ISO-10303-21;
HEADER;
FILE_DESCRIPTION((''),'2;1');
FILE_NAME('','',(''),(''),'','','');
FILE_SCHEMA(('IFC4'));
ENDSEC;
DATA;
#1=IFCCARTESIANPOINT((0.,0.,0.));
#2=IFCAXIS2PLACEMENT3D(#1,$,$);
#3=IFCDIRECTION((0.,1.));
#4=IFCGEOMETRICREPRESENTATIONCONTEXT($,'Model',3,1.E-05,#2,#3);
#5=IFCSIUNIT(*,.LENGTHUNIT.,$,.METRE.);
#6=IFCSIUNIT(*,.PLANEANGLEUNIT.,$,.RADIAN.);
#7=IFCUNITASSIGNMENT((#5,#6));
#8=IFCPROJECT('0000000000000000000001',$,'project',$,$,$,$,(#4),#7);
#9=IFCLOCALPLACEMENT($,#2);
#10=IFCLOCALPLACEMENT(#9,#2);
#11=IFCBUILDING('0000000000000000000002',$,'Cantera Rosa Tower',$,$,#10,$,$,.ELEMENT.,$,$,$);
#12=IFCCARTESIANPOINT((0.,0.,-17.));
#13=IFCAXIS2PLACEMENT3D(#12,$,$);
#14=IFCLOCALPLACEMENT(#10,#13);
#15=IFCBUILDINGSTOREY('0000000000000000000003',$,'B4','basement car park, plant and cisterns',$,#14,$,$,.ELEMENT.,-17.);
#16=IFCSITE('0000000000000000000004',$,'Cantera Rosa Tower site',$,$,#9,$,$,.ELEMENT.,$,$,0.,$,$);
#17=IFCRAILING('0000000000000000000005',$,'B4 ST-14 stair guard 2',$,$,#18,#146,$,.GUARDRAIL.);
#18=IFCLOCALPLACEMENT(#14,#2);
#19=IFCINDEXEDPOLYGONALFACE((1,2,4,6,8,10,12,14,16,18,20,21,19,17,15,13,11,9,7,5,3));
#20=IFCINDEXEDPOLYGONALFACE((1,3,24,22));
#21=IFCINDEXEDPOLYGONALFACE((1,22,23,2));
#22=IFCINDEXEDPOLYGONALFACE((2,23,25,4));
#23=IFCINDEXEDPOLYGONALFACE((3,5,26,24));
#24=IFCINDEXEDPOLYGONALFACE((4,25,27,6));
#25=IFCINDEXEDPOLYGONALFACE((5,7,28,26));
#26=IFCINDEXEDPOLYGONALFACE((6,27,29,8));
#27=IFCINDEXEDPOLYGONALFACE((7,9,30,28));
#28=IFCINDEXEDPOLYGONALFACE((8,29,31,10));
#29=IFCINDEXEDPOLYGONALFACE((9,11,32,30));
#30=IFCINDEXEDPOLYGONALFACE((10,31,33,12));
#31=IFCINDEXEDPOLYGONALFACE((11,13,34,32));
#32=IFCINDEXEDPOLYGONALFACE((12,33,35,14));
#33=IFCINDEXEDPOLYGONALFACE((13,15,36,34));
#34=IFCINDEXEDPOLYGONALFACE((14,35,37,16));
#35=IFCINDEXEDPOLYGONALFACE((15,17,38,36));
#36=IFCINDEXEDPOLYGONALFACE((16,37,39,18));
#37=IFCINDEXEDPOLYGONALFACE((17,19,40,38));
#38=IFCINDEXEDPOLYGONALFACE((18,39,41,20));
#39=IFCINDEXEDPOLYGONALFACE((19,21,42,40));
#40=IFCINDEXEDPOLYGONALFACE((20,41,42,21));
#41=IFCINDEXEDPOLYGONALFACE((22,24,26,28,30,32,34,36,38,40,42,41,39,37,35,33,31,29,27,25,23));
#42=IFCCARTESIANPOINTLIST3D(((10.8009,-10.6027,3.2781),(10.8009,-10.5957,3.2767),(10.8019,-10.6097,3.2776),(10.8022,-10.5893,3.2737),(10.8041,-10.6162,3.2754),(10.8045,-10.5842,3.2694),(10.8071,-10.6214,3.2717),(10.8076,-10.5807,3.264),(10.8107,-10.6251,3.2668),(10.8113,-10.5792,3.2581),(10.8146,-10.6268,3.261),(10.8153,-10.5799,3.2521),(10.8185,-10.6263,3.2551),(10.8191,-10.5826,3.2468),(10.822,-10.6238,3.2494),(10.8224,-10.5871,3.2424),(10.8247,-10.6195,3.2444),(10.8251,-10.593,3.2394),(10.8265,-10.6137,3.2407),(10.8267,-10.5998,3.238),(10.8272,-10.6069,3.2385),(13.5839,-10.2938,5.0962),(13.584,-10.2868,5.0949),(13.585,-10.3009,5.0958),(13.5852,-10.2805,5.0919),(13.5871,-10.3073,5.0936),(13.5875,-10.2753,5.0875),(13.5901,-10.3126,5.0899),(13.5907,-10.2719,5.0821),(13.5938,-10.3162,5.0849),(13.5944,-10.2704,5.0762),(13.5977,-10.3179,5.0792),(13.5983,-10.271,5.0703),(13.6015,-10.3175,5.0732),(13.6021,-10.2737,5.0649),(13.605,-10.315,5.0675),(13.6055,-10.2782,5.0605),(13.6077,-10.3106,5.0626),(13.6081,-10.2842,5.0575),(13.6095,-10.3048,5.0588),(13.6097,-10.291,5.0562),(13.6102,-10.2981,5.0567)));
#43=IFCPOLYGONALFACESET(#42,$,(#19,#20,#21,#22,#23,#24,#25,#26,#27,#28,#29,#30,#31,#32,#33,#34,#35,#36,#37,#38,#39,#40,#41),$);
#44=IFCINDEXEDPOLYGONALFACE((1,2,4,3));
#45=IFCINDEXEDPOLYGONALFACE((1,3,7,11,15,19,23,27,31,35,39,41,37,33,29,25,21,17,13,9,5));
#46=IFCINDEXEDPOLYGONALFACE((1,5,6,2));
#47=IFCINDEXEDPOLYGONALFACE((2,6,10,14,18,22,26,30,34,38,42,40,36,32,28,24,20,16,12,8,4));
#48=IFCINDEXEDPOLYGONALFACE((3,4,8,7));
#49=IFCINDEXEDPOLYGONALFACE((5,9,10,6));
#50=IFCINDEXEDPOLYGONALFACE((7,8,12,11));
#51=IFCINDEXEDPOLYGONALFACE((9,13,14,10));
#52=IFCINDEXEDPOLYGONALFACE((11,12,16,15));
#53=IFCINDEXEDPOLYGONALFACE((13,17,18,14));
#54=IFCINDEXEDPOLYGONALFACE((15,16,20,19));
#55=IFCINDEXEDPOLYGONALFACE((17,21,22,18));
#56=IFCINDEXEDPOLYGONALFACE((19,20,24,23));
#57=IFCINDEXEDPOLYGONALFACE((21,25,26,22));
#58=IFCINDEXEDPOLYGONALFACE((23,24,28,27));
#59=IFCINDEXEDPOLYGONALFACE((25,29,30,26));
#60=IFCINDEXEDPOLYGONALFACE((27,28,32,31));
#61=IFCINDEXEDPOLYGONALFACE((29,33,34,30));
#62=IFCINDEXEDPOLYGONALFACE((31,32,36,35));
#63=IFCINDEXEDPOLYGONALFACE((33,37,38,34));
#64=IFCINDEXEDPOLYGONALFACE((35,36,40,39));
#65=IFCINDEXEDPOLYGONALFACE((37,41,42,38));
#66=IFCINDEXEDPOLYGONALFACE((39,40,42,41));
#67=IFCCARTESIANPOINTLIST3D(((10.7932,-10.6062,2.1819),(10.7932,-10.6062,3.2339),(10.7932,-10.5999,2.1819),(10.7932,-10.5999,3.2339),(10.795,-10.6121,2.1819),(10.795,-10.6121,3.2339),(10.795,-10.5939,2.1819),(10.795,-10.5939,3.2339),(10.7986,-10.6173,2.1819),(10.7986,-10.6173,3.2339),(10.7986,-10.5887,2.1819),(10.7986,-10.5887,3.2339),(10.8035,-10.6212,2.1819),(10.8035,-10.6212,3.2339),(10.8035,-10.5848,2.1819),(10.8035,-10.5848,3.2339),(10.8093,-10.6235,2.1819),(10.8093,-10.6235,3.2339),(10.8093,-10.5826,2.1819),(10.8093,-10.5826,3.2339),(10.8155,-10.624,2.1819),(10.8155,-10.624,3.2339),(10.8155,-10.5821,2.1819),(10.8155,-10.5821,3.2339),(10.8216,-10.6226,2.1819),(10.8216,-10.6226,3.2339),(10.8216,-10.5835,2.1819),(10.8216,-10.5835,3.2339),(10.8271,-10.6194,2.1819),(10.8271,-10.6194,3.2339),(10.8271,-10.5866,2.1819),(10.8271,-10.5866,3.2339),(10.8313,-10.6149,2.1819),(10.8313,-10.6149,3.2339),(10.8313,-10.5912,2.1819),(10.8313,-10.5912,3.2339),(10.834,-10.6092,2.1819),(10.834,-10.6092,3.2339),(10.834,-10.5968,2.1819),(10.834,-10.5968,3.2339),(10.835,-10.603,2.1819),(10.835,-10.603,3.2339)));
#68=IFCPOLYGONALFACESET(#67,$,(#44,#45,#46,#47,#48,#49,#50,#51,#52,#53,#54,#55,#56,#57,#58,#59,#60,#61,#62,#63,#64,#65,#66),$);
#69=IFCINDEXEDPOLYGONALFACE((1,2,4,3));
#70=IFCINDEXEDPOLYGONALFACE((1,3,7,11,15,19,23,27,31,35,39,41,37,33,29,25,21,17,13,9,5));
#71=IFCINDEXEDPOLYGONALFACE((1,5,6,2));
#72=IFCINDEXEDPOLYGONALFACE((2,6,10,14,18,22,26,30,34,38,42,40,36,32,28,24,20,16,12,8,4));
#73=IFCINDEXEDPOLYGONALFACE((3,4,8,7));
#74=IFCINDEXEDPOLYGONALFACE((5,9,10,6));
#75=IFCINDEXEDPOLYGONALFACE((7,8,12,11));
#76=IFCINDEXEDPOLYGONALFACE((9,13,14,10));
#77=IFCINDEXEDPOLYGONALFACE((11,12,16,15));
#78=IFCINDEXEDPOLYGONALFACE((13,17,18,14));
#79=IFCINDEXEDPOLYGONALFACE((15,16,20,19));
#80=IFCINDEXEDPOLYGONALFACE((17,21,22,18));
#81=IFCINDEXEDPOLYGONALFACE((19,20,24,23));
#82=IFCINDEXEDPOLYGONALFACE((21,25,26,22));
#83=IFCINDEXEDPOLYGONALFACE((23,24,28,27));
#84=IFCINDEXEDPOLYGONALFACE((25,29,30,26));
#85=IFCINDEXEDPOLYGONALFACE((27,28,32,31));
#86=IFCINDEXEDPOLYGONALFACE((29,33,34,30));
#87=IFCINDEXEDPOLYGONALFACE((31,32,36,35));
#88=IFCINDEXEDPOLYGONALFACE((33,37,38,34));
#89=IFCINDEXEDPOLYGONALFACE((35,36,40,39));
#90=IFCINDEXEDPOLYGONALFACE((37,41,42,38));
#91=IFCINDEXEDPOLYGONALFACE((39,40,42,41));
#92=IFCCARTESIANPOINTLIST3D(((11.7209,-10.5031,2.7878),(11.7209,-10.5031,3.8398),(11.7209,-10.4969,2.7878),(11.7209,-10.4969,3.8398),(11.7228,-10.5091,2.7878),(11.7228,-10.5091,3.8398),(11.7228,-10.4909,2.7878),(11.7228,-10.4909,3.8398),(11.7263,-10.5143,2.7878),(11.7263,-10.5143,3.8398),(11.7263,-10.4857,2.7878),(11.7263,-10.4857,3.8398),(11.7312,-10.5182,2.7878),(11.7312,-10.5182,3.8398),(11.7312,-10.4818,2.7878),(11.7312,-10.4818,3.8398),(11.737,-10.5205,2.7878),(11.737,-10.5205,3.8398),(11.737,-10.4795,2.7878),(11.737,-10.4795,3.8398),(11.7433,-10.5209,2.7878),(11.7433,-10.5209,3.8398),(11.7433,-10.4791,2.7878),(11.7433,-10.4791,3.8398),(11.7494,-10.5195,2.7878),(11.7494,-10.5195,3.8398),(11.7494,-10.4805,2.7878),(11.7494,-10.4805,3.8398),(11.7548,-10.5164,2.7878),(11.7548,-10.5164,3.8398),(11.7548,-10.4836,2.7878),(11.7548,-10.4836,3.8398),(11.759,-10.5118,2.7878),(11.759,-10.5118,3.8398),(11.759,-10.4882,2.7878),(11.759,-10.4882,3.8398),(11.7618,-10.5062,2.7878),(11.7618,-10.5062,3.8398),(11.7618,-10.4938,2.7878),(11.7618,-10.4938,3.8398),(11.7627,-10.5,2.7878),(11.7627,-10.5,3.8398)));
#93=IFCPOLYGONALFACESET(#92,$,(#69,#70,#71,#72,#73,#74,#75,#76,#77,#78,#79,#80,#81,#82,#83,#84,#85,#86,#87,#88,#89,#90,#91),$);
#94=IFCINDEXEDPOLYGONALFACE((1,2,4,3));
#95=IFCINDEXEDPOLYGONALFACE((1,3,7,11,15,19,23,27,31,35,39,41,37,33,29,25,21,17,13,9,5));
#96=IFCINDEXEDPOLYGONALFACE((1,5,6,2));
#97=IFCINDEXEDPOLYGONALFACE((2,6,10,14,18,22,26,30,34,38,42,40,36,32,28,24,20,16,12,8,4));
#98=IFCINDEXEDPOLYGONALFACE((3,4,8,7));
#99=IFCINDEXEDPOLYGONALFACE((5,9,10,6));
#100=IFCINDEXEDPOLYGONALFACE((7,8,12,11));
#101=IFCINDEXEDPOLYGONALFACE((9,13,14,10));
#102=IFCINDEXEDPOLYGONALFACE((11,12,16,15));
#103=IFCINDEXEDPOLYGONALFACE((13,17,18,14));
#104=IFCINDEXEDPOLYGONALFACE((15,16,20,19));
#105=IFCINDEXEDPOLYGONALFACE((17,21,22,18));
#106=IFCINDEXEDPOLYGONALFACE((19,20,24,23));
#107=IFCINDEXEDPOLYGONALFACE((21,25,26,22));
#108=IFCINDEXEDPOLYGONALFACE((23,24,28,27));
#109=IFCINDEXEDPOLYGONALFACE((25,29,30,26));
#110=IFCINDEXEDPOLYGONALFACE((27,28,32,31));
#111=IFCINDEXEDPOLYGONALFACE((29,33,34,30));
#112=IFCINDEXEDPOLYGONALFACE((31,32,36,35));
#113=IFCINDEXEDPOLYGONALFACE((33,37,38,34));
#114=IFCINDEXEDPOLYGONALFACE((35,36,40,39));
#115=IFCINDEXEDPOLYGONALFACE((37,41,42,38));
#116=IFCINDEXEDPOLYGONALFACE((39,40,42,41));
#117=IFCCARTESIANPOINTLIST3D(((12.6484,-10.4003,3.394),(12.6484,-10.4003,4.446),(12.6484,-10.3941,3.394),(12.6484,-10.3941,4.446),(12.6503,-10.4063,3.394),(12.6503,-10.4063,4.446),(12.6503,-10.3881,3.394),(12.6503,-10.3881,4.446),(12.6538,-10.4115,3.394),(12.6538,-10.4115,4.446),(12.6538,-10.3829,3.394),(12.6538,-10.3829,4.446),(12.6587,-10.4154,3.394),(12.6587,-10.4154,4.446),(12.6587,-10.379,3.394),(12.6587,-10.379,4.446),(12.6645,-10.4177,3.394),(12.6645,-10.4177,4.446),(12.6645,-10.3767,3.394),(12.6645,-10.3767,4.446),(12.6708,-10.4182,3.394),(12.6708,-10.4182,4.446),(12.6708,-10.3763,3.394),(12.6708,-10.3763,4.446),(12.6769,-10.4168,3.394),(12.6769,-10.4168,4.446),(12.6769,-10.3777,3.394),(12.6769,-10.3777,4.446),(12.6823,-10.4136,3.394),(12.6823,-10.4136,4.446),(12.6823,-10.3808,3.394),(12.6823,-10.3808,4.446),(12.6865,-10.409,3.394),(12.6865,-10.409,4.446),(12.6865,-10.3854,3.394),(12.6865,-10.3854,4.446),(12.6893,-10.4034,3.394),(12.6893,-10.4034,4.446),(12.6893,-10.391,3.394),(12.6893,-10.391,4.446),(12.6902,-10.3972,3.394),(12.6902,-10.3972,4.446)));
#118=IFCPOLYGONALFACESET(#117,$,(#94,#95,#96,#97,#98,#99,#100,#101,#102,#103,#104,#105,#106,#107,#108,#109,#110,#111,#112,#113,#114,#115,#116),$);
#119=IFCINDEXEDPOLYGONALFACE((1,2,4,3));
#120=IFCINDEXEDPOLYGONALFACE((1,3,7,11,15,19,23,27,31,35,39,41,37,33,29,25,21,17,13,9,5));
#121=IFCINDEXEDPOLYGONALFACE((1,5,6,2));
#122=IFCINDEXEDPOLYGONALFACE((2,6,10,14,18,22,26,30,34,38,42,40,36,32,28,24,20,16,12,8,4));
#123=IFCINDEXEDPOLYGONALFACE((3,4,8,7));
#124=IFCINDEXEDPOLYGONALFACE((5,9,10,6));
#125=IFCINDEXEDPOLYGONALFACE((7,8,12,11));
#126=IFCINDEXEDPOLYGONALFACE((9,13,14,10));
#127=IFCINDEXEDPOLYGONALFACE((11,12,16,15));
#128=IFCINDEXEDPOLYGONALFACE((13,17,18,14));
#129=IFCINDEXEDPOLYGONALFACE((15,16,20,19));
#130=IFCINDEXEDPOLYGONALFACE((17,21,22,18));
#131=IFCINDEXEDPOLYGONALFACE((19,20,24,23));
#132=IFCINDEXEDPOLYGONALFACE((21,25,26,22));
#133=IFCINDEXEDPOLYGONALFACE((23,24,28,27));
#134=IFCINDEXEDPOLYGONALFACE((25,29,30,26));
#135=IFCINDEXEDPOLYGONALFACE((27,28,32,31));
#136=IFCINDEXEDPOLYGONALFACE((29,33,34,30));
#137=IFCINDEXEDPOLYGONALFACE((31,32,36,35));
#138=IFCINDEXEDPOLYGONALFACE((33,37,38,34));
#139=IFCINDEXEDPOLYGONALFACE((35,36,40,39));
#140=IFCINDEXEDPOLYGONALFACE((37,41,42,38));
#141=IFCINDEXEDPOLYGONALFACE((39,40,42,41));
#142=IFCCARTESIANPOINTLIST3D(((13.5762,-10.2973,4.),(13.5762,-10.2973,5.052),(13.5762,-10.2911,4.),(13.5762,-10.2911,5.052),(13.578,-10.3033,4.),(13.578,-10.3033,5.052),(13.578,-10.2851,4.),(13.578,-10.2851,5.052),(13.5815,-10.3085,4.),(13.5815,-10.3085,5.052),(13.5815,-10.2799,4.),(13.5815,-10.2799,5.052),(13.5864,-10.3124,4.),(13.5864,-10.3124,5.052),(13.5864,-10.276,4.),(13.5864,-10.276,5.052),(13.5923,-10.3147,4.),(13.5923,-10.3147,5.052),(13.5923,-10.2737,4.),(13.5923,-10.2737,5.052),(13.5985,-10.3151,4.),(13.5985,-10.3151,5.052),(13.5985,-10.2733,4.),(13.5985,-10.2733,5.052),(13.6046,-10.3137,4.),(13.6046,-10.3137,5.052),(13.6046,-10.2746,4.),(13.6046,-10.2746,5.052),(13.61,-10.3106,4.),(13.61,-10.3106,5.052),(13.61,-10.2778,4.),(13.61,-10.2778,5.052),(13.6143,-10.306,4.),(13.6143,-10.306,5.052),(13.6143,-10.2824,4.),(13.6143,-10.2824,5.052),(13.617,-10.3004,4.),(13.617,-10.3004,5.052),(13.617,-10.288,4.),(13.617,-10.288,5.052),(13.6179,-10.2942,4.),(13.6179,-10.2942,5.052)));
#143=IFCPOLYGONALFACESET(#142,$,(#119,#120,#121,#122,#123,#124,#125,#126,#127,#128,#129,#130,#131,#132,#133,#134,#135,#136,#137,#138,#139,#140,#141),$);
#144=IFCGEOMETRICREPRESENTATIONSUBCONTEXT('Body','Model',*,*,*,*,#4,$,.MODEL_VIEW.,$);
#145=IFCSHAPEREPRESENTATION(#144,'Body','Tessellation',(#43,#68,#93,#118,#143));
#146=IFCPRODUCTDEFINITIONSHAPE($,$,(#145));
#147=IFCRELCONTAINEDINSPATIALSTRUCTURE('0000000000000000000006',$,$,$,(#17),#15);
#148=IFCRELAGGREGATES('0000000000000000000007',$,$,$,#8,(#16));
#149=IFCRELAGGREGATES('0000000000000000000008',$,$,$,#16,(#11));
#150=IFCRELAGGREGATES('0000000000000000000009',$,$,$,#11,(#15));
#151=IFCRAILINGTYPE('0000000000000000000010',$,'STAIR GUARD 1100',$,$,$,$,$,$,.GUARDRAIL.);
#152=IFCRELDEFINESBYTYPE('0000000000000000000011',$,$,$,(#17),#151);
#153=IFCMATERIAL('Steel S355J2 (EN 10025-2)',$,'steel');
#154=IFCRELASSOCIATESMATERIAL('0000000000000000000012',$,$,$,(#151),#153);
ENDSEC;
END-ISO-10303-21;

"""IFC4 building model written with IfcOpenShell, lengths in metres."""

from ifc_helpers import new_model, si_unit, direction, frame, origin, origin_2d, place, context, subcontext, project, spatial, circle, extrude, material, type_object, element, save


model = new_model("IFC4")

# Units and contexts
model_context = context("Model", 3, precision=1e-05, world=origin(), true_north=direction((0.0, 1.0)))
body_context = subcontext(model_context, "Body", "Model", "MODEL_VIEW")
ifc_project = project(units=[si_unit("LENGTHUNIT", "METRE"), si_unit("PLANEANGLEUNIT", "RADIAN")], contexts=[model_context])

# Site, building, storey
site_placement = place(None, origin())
site = spatial("IfcSite", under=ifc_project, at=site_placement, Name="Cantera Rosa Tower site", CompositionType="ELEMENT", RefElevation=0.0)
building_placement = place(site_placement, origin())
building = spatial("IfcBuilding", under=site, at=building_placement, Name="Cantera Rosa Tower", CompositionType="ELEMENT")
storey_placement = place(building_placement, frame((0.0, 0.0, -17.0)))
storey = spatial("IfcBuildingStorey", under=building, at=storey_placement, Name="B4", Description="basement car park, plant and cisterns", CompositionType="ELEMENT", Elevation=-17.0)

# Railing
ifc_material_1 = material(Name="Steel S355J2 (EN 10025-2)", Category="steel")
railing_type_1 = type_object("IfcRailingType", Name="STAIR GUARD 1100", PredefinedType="GUARDRAIL", material=ifc_material_1)
railing_1_placement = place(storey_placement, frame((10.814, -10.603, 2.1819)))
element("IfcRailing", 1, at=railing_1_placement, inside=storey, type_object=railing_type_1, Name="B4 ST-14 stair guard 2", PredefinedType="GUARDRAIL", context=body_context, shape_type="SweptSolid", body=[
    extrude(circle(Radius=0.0239, at=origin_2d()), frame((0.0, 0.0, 1.0762), z_axis=(0.833588, 0.092507, 0.544586), x_axis=(-0.110298, 0.993899, 0.0)), (0.0, 0.0, 1.0), 3.3386),
    extrude(circle(Radius=0.021, at=origin_2d()), origin(), (0.0, 0.0, 1.0), 1.052),
    extrude(circle(Radius=0.021, at=origin_2d()), frame((0.9277, 0.103, 0.606)), (0.0, 0.0, 1.0), 1.052),
    extrude(circle(Radius=0.021, at=origin_2d()), frame((1.8552, 0.2058, 1.2122)), (0.0, 0.0, 1.0), 1.052),
    extrude(circle(Radius=0.021, at=origin_2d()), frame((2.783, 0.3088, 1.8181)), (0.0, 0.0, 1.0), 1.052),
])

save(model, "model.ifc")
